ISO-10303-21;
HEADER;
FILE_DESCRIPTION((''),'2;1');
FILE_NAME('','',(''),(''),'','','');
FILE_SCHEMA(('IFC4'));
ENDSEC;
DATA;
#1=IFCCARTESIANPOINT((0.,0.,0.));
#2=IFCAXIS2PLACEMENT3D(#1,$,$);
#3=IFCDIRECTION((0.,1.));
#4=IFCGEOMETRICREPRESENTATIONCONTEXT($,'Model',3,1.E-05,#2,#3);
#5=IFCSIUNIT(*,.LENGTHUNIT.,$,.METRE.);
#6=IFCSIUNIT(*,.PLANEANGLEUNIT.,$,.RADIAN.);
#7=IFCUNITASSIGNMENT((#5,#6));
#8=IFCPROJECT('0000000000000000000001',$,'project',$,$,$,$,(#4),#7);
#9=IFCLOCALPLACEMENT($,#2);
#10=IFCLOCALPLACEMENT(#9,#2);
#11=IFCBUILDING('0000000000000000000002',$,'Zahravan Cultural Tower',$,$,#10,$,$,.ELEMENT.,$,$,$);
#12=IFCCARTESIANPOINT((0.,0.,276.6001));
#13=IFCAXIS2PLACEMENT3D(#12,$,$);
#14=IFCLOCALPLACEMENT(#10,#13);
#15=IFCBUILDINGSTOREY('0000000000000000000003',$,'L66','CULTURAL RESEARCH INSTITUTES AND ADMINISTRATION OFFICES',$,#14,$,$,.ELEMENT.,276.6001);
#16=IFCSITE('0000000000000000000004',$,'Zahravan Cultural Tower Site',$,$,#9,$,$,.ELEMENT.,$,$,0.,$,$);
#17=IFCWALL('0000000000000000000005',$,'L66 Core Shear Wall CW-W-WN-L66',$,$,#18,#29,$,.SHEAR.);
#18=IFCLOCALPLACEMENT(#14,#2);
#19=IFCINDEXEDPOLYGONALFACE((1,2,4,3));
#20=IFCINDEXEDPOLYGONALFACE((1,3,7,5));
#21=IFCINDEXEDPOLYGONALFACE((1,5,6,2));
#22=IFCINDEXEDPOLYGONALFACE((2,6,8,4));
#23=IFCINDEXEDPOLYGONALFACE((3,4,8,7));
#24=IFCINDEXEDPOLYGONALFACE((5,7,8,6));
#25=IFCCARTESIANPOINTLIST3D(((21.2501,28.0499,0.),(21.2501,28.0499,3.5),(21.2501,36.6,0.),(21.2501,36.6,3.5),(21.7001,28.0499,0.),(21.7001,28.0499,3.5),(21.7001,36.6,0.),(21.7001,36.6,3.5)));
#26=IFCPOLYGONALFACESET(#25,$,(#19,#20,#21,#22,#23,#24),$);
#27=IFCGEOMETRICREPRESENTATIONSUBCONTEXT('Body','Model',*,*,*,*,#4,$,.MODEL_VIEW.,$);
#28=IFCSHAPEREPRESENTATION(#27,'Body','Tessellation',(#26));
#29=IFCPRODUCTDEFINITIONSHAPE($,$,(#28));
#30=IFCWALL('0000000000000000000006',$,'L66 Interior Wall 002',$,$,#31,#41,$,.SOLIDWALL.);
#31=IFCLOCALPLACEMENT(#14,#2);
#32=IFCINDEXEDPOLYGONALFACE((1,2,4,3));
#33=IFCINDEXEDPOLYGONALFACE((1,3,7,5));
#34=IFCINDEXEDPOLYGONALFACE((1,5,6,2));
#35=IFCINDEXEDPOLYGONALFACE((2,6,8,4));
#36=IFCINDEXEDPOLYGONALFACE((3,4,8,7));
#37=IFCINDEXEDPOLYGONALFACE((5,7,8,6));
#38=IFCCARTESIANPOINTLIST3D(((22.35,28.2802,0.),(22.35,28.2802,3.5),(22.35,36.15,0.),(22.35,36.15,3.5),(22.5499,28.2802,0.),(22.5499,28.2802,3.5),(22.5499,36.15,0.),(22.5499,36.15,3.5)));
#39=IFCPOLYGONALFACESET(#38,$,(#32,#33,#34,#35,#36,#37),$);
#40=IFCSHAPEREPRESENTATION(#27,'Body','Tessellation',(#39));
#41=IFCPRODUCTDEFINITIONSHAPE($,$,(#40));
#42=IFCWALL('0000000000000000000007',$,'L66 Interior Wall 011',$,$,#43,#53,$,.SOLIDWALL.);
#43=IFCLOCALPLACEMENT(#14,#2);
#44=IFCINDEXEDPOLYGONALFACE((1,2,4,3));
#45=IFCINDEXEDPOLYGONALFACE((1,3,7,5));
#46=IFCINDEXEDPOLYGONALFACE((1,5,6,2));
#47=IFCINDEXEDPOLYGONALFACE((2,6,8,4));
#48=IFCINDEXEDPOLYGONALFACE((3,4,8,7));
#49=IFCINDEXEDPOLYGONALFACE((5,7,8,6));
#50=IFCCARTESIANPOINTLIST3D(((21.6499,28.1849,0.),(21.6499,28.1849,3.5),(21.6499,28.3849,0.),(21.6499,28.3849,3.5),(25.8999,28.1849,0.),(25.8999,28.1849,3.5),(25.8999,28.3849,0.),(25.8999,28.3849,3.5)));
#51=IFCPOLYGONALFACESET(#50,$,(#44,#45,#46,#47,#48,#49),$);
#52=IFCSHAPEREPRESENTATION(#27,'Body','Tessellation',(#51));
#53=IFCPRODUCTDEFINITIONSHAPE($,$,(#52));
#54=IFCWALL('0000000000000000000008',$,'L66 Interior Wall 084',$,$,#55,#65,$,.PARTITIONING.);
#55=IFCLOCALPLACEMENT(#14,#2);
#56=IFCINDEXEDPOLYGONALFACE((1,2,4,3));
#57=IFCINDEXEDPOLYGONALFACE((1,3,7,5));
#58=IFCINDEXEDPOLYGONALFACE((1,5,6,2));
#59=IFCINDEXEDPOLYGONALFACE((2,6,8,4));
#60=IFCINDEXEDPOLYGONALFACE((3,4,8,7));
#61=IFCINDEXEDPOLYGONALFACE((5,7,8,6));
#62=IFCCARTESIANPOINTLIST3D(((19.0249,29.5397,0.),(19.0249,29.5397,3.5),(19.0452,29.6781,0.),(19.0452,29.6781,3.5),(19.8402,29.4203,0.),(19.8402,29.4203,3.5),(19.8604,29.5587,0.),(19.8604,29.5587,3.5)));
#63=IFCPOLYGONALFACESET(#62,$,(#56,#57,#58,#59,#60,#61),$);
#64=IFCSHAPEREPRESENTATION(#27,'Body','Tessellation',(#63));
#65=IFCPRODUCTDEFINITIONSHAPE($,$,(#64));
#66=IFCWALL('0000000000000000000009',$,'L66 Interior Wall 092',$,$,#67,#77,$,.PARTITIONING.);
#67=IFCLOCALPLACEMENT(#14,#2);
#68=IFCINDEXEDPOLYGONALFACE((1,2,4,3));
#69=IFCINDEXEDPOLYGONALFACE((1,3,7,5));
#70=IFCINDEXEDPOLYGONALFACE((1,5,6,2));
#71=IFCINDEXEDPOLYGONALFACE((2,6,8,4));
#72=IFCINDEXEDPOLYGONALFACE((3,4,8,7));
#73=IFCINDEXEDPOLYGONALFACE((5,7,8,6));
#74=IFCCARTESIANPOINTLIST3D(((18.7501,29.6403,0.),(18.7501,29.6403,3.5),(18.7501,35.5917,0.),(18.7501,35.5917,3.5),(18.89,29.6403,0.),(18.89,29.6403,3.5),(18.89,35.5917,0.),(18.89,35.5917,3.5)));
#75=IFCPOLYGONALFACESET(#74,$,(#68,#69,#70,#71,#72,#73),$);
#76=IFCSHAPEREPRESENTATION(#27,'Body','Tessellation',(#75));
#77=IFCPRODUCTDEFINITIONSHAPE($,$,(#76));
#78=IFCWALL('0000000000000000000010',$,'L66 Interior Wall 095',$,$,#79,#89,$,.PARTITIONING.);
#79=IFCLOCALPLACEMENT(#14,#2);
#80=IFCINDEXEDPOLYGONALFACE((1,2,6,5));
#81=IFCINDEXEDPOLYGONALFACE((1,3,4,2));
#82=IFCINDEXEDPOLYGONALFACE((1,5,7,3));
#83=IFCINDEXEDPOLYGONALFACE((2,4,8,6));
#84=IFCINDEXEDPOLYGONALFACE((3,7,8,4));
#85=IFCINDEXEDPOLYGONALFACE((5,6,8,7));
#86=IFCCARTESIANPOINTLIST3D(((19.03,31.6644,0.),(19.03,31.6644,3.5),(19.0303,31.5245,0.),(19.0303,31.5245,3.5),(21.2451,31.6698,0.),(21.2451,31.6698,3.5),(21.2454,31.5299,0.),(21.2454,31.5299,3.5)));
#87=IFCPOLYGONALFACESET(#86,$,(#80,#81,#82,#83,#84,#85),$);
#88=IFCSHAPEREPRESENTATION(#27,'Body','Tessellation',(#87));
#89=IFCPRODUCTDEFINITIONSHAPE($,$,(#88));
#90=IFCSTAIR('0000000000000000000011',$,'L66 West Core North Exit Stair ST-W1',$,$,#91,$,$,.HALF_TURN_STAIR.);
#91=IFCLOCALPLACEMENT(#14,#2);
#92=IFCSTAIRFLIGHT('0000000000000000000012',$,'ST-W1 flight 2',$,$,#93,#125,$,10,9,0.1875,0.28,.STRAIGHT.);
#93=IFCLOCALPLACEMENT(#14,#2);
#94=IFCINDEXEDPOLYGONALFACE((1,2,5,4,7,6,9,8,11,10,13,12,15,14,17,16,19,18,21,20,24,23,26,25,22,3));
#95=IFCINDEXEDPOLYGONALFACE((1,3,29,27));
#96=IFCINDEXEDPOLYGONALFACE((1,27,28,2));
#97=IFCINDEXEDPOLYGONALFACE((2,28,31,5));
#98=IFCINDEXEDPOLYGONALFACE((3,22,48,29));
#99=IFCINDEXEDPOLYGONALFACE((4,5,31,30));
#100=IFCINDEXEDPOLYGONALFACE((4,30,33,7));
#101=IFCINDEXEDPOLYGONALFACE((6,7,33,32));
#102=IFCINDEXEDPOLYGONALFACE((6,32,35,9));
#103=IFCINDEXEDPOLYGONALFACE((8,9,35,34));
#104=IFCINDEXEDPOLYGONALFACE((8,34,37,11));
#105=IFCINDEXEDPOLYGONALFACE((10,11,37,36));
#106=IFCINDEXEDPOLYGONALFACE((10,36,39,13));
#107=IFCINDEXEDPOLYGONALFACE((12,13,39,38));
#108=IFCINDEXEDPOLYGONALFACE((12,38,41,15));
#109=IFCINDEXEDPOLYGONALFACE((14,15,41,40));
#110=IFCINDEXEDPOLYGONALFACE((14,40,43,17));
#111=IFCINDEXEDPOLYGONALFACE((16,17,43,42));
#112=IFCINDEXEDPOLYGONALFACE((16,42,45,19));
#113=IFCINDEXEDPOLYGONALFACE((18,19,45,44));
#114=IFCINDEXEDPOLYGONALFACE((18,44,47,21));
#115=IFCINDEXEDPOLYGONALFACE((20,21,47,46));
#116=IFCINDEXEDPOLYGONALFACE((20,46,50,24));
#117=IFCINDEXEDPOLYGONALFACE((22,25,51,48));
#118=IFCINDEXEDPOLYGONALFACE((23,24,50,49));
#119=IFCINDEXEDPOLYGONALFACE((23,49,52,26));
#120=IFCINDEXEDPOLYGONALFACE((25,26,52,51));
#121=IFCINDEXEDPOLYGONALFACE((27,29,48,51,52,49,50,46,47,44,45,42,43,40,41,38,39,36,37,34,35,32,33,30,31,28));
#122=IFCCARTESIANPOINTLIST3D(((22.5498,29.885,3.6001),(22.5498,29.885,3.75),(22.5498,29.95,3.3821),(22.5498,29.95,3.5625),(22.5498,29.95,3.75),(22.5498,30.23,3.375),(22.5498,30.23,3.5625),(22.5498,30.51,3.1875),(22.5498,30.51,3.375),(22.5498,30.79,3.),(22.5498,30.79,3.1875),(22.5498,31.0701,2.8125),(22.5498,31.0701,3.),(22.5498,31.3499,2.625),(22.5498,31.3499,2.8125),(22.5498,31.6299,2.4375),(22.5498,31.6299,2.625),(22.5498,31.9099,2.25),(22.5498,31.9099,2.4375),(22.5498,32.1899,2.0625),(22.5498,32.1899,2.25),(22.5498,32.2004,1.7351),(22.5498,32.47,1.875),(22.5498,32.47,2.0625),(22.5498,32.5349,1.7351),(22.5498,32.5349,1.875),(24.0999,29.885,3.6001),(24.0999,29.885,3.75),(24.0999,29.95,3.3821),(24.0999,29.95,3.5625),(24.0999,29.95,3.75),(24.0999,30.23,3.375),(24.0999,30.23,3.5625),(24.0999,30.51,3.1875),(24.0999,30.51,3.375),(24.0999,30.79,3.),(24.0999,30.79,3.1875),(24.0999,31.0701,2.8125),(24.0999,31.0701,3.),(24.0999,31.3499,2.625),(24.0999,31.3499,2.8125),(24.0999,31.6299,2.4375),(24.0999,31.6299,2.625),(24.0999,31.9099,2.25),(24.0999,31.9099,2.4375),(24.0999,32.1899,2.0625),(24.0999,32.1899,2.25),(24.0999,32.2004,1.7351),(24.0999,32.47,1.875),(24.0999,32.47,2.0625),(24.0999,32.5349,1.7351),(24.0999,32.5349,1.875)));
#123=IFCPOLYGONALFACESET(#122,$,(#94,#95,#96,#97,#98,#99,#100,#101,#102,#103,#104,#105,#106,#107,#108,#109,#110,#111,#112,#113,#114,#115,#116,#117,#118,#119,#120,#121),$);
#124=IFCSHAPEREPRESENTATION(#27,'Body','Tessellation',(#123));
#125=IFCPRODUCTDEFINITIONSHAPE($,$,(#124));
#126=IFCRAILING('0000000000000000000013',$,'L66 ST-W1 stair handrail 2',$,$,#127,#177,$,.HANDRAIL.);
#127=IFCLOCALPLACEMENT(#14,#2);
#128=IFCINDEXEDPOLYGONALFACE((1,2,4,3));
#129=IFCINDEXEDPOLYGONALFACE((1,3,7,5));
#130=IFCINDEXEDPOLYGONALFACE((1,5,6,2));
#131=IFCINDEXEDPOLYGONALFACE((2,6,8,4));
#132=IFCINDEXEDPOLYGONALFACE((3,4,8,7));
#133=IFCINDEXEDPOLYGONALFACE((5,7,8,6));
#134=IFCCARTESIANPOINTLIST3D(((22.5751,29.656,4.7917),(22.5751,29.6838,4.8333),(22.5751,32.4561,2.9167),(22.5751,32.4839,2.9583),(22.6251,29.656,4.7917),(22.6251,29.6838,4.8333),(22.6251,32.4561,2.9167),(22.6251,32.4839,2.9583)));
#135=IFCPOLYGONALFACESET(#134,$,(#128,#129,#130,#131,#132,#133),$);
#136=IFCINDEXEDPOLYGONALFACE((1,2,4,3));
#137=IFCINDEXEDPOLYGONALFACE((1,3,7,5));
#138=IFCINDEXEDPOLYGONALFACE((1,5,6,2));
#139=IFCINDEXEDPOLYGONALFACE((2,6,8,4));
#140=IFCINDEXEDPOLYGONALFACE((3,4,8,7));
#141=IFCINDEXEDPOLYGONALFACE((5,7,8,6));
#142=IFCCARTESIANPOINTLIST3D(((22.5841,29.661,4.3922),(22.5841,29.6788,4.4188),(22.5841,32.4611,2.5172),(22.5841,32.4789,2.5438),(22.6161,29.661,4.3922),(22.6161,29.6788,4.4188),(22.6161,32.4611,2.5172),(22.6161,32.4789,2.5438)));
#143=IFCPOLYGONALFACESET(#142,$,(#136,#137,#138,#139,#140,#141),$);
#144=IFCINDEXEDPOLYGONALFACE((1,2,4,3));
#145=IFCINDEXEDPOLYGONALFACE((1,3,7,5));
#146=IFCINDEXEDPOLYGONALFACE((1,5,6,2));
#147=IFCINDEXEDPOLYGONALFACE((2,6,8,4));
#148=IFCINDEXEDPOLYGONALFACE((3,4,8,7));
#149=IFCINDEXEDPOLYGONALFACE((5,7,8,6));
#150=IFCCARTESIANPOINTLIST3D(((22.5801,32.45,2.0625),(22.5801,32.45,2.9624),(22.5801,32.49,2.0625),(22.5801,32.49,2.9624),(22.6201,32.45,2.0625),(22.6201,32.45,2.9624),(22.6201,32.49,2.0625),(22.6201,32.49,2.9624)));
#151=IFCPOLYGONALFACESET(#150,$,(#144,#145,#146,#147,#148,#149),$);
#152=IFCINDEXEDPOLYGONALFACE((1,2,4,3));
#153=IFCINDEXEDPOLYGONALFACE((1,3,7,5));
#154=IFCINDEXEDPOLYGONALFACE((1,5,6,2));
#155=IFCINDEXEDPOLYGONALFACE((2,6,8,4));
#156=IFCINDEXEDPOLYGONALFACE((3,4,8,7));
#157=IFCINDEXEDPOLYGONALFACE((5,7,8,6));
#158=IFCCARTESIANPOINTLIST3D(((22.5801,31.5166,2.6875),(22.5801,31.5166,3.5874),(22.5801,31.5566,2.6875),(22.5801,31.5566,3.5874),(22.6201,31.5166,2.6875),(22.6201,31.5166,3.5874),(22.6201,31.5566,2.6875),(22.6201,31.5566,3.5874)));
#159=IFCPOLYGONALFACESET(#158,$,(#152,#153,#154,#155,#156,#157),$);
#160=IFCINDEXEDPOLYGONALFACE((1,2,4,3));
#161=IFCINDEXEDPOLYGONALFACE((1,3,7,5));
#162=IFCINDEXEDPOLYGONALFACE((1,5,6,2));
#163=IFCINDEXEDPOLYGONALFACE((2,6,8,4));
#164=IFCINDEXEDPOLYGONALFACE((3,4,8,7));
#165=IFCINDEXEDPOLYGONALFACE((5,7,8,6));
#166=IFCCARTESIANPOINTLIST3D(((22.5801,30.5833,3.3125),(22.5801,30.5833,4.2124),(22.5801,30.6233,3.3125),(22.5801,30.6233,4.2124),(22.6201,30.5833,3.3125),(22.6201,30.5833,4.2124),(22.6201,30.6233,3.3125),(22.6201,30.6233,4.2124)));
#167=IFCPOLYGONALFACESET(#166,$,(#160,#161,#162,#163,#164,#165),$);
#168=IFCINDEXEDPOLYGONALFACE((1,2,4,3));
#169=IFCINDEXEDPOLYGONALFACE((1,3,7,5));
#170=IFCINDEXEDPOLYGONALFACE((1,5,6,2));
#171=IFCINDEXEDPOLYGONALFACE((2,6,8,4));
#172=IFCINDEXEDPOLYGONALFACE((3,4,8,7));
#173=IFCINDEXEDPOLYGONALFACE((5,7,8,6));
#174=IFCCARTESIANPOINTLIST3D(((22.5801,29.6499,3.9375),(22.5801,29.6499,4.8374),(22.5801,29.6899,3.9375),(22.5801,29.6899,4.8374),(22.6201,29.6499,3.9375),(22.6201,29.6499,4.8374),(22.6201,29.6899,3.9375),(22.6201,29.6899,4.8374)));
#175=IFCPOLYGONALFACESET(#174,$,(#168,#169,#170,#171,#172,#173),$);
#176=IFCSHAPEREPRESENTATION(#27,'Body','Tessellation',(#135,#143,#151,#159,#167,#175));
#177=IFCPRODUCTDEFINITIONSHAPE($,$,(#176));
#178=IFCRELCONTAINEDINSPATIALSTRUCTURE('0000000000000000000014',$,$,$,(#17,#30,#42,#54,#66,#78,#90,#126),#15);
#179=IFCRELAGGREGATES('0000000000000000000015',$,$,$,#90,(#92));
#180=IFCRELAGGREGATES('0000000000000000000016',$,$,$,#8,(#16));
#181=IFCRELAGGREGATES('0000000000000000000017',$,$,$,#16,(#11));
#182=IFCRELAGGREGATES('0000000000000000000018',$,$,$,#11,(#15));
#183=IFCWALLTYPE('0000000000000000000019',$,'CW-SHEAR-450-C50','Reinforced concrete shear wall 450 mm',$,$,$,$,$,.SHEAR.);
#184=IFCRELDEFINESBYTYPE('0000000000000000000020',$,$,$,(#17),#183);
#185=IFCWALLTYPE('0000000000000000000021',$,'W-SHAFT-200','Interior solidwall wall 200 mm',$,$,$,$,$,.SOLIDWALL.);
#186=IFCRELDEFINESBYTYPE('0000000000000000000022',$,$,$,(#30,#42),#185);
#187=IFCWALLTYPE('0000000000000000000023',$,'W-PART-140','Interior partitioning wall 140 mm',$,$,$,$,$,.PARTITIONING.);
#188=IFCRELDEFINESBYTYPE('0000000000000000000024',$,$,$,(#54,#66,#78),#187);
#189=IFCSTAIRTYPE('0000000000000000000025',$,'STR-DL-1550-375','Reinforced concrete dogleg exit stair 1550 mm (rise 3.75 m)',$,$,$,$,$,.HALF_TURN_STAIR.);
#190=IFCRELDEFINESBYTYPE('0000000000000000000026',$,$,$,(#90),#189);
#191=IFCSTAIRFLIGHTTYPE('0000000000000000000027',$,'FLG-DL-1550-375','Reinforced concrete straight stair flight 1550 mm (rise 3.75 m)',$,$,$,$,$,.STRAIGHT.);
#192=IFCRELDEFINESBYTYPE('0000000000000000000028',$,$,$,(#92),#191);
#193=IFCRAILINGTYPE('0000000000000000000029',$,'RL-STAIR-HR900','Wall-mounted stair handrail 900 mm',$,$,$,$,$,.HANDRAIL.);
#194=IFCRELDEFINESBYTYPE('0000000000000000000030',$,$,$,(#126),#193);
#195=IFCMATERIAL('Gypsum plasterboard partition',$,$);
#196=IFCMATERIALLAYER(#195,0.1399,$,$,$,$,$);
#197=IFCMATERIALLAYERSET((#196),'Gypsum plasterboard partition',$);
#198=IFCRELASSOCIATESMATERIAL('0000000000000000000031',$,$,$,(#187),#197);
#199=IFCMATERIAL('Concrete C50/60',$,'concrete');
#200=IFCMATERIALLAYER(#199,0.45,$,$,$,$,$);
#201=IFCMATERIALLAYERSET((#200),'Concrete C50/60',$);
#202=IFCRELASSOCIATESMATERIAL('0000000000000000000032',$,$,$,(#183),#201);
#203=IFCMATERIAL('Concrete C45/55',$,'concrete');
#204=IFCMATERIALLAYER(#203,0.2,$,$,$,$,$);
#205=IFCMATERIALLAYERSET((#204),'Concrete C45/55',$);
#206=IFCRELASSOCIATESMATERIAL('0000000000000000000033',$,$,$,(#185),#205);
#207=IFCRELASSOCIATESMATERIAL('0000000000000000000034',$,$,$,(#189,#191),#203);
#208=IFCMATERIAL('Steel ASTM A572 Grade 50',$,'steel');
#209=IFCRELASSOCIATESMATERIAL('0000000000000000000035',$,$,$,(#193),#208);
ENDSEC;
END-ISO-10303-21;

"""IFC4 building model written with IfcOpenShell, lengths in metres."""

from ifc_helpers import new_model, si_unit, direction, frame, frame_2d, origin, origin_2d, place, context, subcontext, project, spatial, polyline, rectangle, outline, extrude, source, transform, mapped, material, layer, layer_set, type_object, element, aggregate, save


model = new_model("IFC4")

# Units and contexts
model_context = context("Model", 3, precision=1e-05, world=origin(), true_north=direction((0.0, 1.0)))
body_context = subcontext(model_context, "Body", "Model", "MODEL_VIEW")
ifc_project = project(units=[si_unit("LENGTHUNIT", "METRE"), si_unit("PLANEANGLEUNIT", "RADIAN")], contexts=[model_context])

# Site, building, storey
site_placement = place(None, origin())
site = spatial("IfcSite", under=ifc_project, at=site_placement, Name="Zahravan Cultural Tower Site", CompositionType="ELEMENT", RefElevation=0.0)
building_placement = place(site_placement, origin())
building = spatial("IfcBuilding", under=site, at=building_placement, Name="Zahravan Cultural Tower", CompositionType="ELEMENT")
storey_placement = place(building_placement, frame((0.0, 0.0, 276.6001)))
storey = spatial("IfcBuildingStorey", under=building, at=storey_placement, Name="L66", Description="CULTURAL RESEARCH INSTITUTES AND ADMINISTRATION OFFICES", CompositionType="ELEMENT", Elevation=276.6001)

# Shared definitions
ifc_material_1 = material(Name="Gypsum plasterboard partition")
ifc_layer_1 = layer(ifc_material_1, 0.1399)
ifc_layer_set_1 = layer_set([ifc_layer_1], Name="Gypsum plasterboard partition")
wall_type_1 = type_object("IfcWallType", Name="W-PART-140", Description="Interior partitioning wall 140 mm", PredefinedType="PARTITIONING", material=ifc_layer_set_1)

# Walls
ifc_material_2 = material(Name="Concrete C50/60", Category="concrete")
ifc_layer_2 = layer(ifc_material_2, 0.45)
ifc_layer_set_2 = layer_set([ifc_layer_2], Name="Concrete C50/60")
wall_type_2 = type_object("IfcWallType", Name="CW-SHEAR-450-C50", Description="Reinforced concrete shear wall 450 mm", PredefinedType="SHEAR", material=ifc_layer_set_2)
shared_shape_1 = source(origin(), body_context, "Body", "SweptSolid", [
    extrude(rectangle(XDim=8.55, YDim=0.45, at=frame_2d((4.2749, 0.0))), origin(), (0.0, 0.0, 1.0), 3.5),
])
wall_1_placement = place(storey_placement, frame((21.4751, 28.05, 0.0), z_axis=(0.0, 0.0, 1.0), x_axis=(0.0, 1.0, 0.0)))
element("IfcWall", 1, at=wall_1_placement, inside=storey, type_object=wall_type_2, Name="L66 Core Shear Wall CW-W-WN-L66", PredefinedType="SHEAR", context=body_context, shape_type="MappedRepresentation", body=[
    mapped(shared_shape_1, transform((0.0, 0.0, 0.0), x_axis=(1.0, 0.0, 0.0), y_axis=(0.0, 1.0, 0.0), z_axis=(0.0, 0.0, 1.0), scale=1.0)),
])
ifc_material_3 = material(Name="Concrete C45/55", Category="concrete")
ifc_layer_3 = layer(ifc_material_3, 0.2)
ifc_layer_set_3 = layer_set([ifc_layer_3], Name="Concrete C45/55")
wall_type_3 = type_object("IfcWallType", Name="W-SHAFT-200", Description="Interior solidwall wall 200 mm", PredefinedType="SOLIDWALL", material=ifc_layer_set_3)
shared_shape_2 = source(origin(), body_context, "Body", "SweptSolid", [
    extrude(rectangle(XDim=7.8699, YDim=0.2, at=frame_2d((3.9351, 0.0))), origin(), (0.0, 0.0, 1.0), 3.5),
])
wall_2_placement = place(storey_placement, frame((22.45, 28.28, 0.0), z_axis=(0.0, 0.0, 1.0), x_axis=(0.0, 1.0, 0.0)))
element("IfcWall", 2, at=wall_2_placement, inside=storey, type_object=wall_type_3, Name="L66 Interior Wall 002", PredefinedType="SOLIDWALL", context=body_context, shape_type="MappedRepresentation", body=[
    mapped(shared_shape_2, transform((0.0, 0.0, 0.0), x_axis=(1.0, 0.0, 0.0), y_axis=(0.0, 1.0, 0.0), z_axis=(0.0, 0.0, 1.0), scale=1.0)),
])
shared_shape_3 = source(origin(), body_context, "Body", "SweptSolid", [
    extrude(rectangle(XDim=4.25, YDim=0.2, at=frame_2d((2.125, 0.0))), origin(), (0.0, 0.0, 1.0), 3.5),
])
wall_3_placement = place(storey_placement, frame((21.6499, 28.2849, 0.0), z_axis=(0.0, 0.0, 1.0), x_axis=(1.0, 0.0, 0.0)))
element("IfcWall", 3, at=wall_3_placement, inside=storey, type_object=wall_type_3, Name="L66 Interior Wall 011", PredefinedType="SOLIDWALL", context=body_context, shape_type="MappedRepresentation", body=[
    mapped(shared_shape_3, transform((0.0, 0.0, 0.0), x_axis=(1.0, 0.0, 0.0), y_axis=(0.0, 1.0, 0.0), z_axis=(0.0, 0.0, 1.0), scale=1.0)),
])
shared_shape_4 = source(origin(), body_context, "Body", "SweptSolid", [
    extrude(rectangle(XDim=0.824, YDim=0.1399, at=frame_2d((0.4121, 0.0))), origin(), (0.0, 0.0, 1.0), 3.5),
])
wall_4_placement = place(storey_placement, frame((19.0349, 29.6089, 0.0), z_axis=(0.0, 0.0, 1.0), x_axis=(0.989446, -0.144905, 0.0)))
element("IfcWall", 4, at=wall_4_placement, inside=storey, type_object=wall_type_1, Name="L66 Interior Wall 084", PredefinedType="PARTITIONING", context=body_context, shape_type="MappedRepresentation", body=[
    mapped(shared_shape_4, transform((0.0, 0.0, 0.0), x_axis=(1.0, 0.0, 0.0), y_axis=(0.0, 1.0, 0.0), z_axis=(0.0, 0.0, 1.0), scale=1.0)),
])
shared_shape_5 = source(origin(), body_context, "Body", "SweptSolid", [
    extrude(rectangle(XDim=5.9514, YDim=0.1399, at=frame_2d((2.9756, 0.0))), origin(), (0.0, 0.0, 1.0), 3.5),
])
wall_5_placement = place(storey_placement, frame((18.8201, 29.6404, 0.0), z_axis=(0.0, 0.0, 1.0), x_axis=(0.0, 1.0, 0.0)))
element("IfcWall", 5, at=wall_5_placement, inside=storey, type_object=wall_type_1, Name="L66 Interior Wall 092", PredefinedType="PARTITIONING", context=body_context, shape_type="MappedRepresentation", body=[
    mapped(shared_shape_5, transform((0.0, 0.0, 0.0), x_axis=(1.0, 0.0, 0.0), y_axis=(0.0, 1.0, 0.0), z_axis=(0.0, 0.0, 1.0), scale=1.0)),
])
shared_shape_6 = source(origin(), body_context, "Body", "SweptSolid", [
    extrude(rectangle(XDim=2.2151, YDim=0.1399, at=frame_2d((1.1074, 0.0))), origin(), (0.0, 0.0, 1.0), 3.5),
])
wall_6_placement = place(storey_placement, frame((21.2451, 31.5999, 0.0), z_axis=(0.0, 0.0, 1.0), x_axis=(-0.999997, -0.002425, 0.0)))
element("IfcWall", 6, at=wall_6_placement, inside=storey, type_object=wall_type_1, Name="L66 Interior Wall 095", PredefinedType="PARTITIONING", context=body_context, shape_type="MappedRepresentation", body=[
    mapped(shared_shape_6, transform((0.0, 0.0, 0.0), x_axis=(1.0, 0.0, 0.0), y_axis=(0.0, 1.0, 0.0), z_axis=(0.0, 0.0, 1.0), scale=1.0)),
])

# Stair, stair flight
stair_type = type_object("IfcStairType", Name="STR-DL-1550-375", Description="Reinforced concrete dogleg exit stair 1550 mm (rise 3.75 m)", PredefinedType="HALF_TURN_STAIR", material=ifc_material_3)
stair_placement = place(storey_placement, origin())
stair = element("IfcStair", 7, at=stair_placement, inside=storey, type_object=stair_type, Name="L66 West Core North Exit Stair ST-W1", PredefinedType="HALF_TURN_STAIR")
stair_flight_type = type_object("IfcStairFlightType", Name="FLG-DL-1550-375", Description="Reinforced concrete straight stair flight 1550 mm (rise 3.75 m)", PredefinedType="STRAIGHT", material=ifc_material_3)
stair_flight_placement = place(storey_placement, frame((23.325, 32.47, 1.875), z_axis=(0.0, 0.0, 1.0), x_axis=(0.0, -1.0, 0.0)))
stair_flight = element("IfcStairFlight", 8, at=stair_flight_placement, type_object=stair_flight_type, Name="ST-W1 flight 2", NumberOfRisers=10, NumberOfTreads=9, PredefinedType="STRAIGHT", RiserHeight=0.1875, TreadLength=0.28, context=body_context, shape_type="SweptSolid", body=[
    extrude(outline(polyline([(-0.0649, -0.1399), (-0.0649, 0.0), (0.0, 0.0), (0.0, 0.1875), (0.28, 0.1875), (0.28, 0.375), (0.5601, 0.375), (0.5601, 0.5625), (0.8401, 0.5625), (0.8401, 0.75), (1.1201, 0.75), (1.1201, 0.9375), (1.3999, 0.9375), (1.3999, 1.125), (1.6799, 1.125), (1.6799, 1.3125), (1.96, 1.3125), (1.96, 1.5), (2.24, 1.5), (2.24, 1.6875), (2.52, 1.6875), (2.52, 1.875), (2.585, 1.875), (2.585, 1.7251), (2.52, 1.5071), (0.2695, -0.1399), (-0.0649, -0.1399)])), frame((0.0, 0.7749, 0.0), z_axis=(0.0, -1.0, 0.0), x_axis=(1.0, 0.0, 0.0)), (0.0, 0.0, 1.0), 1.55),
])
aggregate(stair, [stair_flight])

# Railing
ifc_material_4 = material(Name="Steel ASTM A572 Grade 50", Category="steel")
railing_type = type_object("IfcRailingType", Name="RL-STAIR-HR900", Description="Wall-mounted stair handrail 900 mm", PredefinedType="HANDRAIL", material=ifc_material_4)
railing_placement = place(storey_placement, frame((22.6001, 32.47, 2.0625)))
element("IfcRailing", 9, at=railing_placement, inside=storey, type_object=railing_type, Name="L66 ST-W1 stair handrail 2", PredefinedType="HANDRAIL", context=body_context, shape_type="SweptSolid", body=[
    extrude(rectangle(XDim=0.05, YDim=0.05, at=origin_2d()), frame((0.0, 0.0, 0.875), z_axis=(0.0, -0.830912, 0.556404), x_axis=(1.0, 0.0, 0.0)), (0.0, 0.0, 1.0), 3.3699),
    extrude(rectangle(XDim=0.032, YDim=0.032, at=origin_2d()), frame((0.0, 0.0, 0.468), z_axis=(0.0, -0.830912, 0.556404), x_axis=(1.0, 0.0, 0.0)), (0.0, 0.0, 1.0), 3.3699),
    extrude(rectangle(XDim=0.04, YDim=0.04, at=origin_2d()), origin(), (0.0, 0.0, 1.0), 0.8999),
    extrude(rectangle(XDim=0.04, YDim=0.04, at=origin_2d()), frame((0.0, -0.9333, 0.625)), (0.0, 0.0, 1.0), 0.8999),
    extrude(rectangle(XDim=0.04, YDim=0.04, at=origin_2d()), frame((0.0, -1.8667, 1.25)), (0.0, 0.0, 1.0), 0.8999),
    extrude(rectangle(XDim=0.04, YDim=0.04, at=origin_2d()), frame((0.0, -2.8, 1.875)), (0.0, 0.0, 1.0), 0.8999),
])

save(model, "model.ifc")
